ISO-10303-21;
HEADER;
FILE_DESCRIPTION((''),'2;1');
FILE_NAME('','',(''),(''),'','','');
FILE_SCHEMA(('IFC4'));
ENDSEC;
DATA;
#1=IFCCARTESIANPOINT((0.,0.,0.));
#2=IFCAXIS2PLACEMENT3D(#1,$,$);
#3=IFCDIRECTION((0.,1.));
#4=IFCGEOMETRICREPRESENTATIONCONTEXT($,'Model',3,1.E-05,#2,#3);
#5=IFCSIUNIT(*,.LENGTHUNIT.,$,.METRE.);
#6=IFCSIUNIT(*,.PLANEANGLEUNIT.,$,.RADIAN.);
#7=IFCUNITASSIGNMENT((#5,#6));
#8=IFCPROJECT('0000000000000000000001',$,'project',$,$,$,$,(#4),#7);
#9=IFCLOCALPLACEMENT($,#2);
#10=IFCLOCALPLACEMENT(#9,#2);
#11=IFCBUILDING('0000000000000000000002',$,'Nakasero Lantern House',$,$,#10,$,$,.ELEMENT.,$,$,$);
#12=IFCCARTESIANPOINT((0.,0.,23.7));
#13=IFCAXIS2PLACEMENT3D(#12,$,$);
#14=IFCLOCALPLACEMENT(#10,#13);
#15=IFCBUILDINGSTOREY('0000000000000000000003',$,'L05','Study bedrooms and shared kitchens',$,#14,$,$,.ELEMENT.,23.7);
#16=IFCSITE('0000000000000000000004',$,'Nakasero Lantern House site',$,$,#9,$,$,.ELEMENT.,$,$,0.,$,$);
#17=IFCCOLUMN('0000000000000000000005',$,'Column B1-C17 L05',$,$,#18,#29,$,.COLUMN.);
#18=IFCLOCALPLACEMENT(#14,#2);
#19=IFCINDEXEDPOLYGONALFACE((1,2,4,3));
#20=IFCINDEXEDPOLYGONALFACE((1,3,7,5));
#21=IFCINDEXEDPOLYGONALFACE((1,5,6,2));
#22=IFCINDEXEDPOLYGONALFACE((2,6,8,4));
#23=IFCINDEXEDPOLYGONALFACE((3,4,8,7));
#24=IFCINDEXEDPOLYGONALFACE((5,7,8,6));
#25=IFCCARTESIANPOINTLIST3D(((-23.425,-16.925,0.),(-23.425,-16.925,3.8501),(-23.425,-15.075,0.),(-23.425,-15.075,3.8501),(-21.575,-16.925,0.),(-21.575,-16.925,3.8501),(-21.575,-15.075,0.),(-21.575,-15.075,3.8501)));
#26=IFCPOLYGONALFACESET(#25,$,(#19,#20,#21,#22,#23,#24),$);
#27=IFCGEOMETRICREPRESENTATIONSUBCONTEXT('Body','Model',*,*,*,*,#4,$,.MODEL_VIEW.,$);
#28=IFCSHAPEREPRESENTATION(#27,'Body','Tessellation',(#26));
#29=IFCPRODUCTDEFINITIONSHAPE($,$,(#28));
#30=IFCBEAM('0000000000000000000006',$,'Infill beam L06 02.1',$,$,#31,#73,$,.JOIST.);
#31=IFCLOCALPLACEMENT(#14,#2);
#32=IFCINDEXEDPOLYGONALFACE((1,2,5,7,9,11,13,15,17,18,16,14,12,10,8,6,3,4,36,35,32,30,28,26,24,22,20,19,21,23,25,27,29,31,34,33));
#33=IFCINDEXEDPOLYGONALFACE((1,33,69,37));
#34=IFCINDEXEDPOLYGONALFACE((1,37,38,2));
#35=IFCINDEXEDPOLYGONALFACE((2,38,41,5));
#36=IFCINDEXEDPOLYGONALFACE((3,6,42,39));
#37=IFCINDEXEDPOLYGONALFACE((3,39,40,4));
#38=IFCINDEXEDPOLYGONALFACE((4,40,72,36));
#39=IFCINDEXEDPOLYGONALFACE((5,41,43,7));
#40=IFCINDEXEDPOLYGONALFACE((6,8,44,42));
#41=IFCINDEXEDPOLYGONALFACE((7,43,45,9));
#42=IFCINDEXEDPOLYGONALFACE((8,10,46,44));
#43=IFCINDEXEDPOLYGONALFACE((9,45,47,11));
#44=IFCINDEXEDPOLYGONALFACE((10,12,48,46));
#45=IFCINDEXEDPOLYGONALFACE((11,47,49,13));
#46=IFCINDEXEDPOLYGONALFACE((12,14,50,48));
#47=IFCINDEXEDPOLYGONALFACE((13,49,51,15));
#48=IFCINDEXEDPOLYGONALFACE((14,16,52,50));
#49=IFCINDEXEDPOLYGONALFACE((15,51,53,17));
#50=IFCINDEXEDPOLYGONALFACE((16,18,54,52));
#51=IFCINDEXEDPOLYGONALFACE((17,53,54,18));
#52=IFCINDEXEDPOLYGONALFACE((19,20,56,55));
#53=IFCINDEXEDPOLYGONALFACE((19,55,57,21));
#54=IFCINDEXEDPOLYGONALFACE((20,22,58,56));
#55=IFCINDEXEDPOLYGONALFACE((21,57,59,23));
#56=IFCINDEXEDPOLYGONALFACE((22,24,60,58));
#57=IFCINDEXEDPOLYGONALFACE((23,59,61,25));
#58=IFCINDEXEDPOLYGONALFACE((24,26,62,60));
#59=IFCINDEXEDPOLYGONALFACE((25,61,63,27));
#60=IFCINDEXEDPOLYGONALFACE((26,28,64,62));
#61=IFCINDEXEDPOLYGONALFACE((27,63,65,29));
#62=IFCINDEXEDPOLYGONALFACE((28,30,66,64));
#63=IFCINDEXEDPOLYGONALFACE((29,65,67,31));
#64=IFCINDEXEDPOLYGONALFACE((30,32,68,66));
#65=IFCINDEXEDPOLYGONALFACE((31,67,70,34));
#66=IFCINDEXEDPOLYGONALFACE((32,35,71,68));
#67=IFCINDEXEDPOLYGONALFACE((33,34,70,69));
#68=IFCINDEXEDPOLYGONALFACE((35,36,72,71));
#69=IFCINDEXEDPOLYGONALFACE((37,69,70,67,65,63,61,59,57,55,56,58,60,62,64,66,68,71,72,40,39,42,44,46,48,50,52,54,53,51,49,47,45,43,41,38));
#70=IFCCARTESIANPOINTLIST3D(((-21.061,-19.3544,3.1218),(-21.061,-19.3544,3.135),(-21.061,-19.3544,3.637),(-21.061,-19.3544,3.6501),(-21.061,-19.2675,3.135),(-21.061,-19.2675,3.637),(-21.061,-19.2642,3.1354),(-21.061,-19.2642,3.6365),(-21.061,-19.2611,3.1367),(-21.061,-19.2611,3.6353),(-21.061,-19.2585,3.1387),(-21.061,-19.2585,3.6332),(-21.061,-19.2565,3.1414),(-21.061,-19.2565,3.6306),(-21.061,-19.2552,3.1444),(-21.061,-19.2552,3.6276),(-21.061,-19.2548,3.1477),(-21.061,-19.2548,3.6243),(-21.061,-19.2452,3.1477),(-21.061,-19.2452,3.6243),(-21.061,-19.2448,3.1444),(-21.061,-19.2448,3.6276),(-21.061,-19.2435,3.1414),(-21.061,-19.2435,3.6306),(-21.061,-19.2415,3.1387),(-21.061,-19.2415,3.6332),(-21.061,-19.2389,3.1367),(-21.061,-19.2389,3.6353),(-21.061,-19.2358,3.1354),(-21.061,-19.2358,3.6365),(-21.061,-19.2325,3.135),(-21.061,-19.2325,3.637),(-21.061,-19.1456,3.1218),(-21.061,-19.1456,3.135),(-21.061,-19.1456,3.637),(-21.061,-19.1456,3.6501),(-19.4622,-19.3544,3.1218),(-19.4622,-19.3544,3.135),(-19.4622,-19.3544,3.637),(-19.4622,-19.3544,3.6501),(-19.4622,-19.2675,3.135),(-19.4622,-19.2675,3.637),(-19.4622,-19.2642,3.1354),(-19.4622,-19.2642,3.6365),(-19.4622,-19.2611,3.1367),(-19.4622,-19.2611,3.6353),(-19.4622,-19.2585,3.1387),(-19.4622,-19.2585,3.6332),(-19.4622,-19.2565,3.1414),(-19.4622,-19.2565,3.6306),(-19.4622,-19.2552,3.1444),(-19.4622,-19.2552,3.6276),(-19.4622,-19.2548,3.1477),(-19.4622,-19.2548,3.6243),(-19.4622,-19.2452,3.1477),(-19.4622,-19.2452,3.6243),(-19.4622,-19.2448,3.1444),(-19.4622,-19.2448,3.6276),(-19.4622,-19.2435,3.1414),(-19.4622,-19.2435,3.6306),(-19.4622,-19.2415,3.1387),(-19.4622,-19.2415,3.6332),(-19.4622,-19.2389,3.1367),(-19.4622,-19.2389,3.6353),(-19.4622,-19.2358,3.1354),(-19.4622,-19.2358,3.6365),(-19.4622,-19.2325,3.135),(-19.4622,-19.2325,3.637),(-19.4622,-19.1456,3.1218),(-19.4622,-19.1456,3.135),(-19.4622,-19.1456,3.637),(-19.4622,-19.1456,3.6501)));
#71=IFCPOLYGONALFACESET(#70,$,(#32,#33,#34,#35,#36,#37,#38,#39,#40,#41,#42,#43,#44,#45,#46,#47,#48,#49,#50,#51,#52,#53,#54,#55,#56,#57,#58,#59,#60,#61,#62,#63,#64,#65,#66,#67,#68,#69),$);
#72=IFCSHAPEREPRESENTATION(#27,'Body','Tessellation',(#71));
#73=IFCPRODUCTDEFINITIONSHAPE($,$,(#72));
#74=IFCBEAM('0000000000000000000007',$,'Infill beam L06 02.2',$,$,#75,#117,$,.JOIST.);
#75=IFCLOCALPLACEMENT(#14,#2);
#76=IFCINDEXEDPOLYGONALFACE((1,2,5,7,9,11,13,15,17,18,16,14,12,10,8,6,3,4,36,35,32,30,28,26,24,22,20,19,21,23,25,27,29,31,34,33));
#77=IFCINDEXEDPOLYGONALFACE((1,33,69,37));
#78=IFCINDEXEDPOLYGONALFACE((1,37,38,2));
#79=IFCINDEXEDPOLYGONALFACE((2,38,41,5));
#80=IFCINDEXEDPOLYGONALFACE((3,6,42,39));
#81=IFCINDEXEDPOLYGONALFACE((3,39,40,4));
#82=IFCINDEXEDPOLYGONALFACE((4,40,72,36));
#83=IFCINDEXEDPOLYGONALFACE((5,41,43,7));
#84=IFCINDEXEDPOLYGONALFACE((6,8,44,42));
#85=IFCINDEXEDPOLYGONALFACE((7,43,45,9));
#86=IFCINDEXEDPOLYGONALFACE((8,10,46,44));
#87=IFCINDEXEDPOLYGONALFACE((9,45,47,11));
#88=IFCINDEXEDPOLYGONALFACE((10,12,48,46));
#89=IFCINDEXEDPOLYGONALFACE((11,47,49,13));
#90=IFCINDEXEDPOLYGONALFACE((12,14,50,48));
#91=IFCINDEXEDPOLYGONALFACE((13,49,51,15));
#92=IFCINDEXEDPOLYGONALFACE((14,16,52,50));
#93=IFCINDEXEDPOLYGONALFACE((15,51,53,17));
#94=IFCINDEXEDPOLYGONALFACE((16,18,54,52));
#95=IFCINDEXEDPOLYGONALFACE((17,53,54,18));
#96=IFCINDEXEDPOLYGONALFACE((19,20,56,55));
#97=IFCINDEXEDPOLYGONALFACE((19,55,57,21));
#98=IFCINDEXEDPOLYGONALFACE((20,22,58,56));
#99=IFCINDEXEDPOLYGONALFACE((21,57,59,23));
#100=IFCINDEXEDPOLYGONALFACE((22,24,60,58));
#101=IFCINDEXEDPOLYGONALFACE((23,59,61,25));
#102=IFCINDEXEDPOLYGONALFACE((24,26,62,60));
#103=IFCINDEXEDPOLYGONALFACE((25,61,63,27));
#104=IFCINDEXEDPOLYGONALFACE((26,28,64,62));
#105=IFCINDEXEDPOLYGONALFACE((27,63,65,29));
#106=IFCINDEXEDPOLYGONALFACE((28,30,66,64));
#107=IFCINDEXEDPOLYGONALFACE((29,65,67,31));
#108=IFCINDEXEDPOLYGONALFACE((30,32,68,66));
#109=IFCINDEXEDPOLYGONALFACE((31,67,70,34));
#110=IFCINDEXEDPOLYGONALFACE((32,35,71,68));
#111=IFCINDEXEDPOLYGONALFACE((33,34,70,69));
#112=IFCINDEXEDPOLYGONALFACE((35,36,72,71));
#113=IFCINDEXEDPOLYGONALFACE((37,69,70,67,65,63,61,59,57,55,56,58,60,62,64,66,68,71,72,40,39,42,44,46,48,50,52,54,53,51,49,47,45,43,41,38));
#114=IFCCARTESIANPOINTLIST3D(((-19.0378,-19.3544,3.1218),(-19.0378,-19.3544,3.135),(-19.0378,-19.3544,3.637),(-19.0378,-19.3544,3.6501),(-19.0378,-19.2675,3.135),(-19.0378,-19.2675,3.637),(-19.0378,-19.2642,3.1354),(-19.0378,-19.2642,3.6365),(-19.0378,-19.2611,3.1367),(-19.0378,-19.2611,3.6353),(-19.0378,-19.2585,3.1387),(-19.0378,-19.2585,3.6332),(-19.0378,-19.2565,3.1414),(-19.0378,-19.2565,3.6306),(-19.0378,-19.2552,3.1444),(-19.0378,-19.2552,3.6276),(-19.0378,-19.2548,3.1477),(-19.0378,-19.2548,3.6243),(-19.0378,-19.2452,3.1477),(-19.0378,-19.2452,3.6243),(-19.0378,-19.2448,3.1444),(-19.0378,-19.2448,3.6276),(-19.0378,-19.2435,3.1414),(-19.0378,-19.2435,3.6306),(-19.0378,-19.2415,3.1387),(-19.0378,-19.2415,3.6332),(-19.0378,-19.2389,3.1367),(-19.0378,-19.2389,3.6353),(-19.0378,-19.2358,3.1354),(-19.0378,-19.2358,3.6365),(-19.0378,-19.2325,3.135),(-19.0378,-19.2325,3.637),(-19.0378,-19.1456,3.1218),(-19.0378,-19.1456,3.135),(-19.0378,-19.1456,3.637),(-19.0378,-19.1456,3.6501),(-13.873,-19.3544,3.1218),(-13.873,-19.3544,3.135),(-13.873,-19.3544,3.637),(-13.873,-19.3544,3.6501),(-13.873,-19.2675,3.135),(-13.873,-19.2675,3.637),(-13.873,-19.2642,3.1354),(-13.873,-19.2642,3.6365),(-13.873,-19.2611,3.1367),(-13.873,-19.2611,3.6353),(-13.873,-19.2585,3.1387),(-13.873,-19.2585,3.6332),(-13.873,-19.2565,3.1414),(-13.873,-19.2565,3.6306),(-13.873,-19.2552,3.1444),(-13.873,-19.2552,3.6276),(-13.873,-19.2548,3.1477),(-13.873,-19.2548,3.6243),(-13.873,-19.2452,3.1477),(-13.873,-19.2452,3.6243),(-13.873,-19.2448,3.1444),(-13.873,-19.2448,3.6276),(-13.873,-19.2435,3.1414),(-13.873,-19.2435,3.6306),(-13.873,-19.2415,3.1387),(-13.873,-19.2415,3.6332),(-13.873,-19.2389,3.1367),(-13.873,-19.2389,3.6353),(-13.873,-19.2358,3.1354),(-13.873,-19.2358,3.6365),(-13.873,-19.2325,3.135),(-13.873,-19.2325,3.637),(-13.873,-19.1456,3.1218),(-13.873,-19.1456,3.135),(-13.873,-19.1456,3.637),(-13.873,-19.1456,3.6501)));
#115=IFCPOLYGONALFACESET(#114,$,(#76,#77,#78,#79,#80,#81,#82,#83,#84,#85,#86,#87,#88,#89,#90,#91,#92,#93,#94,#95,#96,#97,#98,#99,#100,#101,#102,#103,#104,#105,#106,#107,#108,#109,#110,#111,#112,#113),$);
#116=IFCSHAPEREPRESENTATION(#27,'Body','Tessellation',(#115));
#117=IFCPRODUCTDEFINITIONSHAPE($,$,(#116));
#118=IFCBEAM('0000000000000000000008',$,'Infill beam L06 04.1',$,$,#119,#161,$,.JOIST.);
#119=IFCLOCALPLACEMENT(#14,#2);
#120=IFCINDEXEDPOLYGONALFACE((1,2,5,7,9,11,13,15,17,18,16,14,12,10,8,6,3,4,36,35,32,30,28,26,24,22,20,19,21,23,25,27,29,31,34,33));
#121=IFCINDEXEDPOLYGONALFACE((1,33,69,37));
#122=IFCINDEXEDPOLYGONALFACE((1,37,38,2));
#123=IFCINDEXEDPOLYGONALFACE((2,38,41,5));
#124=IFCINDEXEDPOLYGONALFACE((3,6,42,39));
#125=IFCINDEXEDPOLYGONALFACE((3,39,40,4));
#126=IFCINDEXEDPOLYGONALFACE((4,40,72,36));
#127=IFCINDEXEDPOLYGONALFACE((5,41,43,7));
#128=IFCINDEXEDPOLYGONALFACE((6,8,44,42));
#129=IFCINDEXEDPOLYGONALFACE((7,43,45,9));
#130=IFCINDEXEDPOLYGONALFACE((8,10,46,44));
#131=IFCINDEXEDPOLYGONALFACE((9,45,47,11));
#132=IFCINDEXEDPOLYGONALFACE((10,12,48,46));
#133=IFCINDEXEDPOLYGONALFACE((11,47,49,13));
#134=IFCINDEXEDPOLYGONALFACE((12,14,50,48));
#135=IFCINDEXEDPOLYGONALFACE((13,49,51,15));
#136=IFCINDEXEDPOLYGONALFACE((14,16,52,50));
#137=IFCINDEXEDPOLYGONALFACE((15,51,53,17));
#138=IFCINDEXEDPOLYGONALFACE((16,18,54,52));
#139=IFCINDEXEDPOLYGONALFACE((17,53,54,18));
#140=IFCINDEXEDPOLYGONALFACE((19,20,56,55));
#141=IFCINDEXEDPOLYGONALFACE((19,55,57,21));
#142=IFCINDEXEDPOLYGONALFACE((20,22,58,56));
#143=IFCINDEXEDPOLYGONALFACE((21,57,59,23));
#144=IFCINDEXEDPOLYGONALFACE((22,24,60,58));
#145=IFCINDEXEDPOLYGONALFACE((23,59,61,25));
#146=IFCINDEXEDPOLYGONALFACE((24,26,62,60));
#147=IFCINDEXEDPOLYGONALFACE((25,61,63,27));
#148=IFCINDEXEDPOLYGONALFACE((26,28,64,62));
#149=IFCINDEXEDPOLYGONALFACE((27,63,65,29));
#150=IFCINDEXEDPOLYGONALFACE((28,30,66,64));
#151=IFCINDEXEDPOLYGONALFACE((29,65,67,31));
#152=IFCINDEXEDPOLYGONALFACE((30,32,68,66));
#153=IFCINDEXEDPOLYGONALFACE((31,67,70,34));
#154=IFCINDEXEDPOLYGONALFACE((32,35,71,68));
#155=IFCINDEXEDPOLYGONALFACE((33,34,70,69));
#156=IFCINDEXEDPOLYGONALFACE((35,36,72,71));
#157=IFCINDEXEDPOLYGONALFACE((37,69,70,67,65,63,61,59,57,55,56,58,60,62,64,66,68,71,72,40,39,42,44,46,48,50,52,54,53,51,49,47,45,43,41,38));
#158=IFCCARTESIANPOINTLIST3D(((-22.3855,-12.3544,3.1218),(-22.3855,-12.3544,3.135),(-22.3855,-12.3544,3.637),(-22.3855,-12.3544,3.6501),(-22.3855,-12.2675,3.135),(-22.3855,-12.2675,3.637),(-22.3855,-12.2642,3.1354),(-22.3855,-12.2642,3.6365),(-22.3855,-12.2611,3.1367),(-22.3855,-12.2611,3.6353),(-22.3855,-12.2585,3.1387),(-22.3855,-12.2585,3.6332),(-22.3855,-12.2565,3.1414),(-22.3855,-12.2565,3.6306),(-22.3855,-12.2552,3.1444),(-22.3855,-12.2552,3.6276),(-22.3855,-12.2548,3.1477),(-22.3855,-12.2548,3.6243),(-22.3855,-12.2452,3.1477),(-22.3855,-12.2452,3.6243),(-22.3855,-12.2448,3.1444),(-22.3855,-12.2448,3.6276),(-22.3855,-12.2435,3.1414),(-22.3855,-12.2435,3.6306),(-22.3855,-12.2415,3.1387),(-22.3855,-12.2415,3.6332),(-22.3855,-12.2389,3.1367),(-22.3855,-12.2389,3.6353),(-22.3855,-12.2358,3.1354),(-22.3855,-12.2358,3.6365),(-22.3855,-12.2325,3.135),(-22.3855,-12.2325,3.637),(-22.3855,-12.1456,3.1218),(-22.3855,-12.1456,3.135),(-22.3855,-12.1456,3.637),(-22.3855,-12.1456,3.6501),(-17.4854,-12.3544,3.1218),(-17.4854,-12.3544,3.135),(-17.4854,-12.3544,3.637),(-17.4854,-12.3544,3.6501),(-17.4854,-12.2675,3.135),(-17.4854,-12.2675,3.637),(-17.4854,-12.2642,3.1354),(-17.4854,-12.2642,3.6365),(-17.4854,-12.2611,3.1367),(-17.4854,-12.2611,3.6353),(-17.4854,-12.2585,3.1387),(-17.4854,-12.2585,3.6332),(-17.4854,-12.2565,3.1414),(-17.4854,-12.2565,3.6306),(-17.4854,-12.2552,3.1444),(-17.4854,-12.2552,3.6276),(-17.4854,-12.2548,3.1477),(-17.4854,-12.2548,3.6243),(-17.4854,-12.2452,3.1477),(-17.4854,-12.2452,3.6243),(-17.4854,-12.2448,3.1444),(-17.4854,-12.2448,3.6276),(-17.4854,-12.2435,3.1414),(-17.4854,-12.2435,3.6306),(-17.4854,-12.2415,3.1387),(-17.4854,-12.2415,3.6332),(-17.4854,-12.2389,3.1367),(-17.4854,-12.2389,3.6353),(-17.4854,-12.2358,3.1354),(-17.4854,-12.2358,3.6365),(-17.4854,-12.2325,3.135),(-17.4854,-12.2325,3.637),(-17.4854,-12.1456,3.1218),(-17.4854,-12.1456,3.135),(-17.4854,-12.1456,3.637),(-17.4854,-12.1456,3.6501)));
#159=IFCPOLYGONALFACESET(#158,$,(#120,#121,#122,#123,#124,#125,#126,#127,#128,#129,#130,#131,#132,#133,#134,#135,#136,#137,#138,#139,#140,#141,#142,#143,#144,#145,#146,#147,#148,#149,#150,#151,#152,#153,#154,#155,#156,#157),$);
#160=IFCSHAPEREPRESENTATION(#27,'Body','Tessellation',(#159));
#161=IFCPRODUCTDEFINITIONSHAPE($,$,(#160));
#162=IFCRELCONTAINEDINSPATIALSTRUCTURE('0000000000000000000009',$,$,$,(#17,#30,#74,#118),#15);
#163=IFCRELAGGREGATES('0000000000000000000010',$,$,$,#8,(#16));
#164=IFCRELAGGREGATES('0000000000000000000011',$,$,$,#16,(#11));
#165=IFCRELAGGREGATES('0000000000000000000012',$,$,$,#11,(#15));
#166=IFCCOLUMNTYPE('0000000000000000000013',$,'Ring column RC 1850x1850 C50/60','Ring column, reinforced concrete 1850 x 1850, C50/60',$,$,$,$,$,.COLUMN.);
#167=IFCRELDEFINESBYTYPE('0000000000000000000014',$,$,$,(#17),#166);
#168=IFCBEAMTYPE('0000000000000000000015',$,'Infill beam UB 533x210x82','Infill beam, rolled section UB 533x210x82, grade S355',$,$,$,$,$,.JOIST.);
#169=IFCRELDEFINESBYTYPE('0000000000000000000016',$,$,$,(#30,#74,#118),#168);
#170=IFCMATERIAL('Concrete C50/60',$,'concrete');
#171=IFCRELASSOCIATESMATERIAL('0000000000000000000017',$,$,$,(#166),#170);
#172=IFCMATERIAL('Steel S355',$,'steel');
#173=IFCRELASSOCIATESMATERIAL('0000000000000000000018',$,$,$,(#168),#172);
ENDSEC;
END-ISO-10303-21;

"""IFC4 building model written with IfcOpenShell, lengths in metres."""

from ifc_helpers import new_model, si_unit, direction, frame, origin, origin_2d, place, context, subcontext, project, spatial, rectangle, i_section, extrude, material, material_profile, profile_set, type_object, element, save


model = new_model("IFC4")

# Units and contexts
model_context = context("Model", 3, precision=1e-05, world=origin(), true_north=direction((0.0, 1.0)))
body_context = subcontext(model_context, "Body", "Model", "MODEL_VIEW")
ifc_project = project(units=[si_unit("LENGTHUNIT", "METRE"), si_unit("PLANEANGLEUNIT", "RADIAN")], contexts=[model_context])

# Site, building, storey
site_placement = place(None, origin())
site = spatial("IfcSite", under=ifc_project, at=site_placement, Name="Nakasero Lantern House site", CompositionType="ELEMENT", RefElevation=0.0)
building_placement = place(site_placement, origin())
building = spatial("IfcBuilding", under=site, at=building_placement, Name="Nakasero Lantern House", CompositionType="ELEMENT")
storey_placement = place(building_placement, frame((0.0, 0.0, 23.7)))
storey = spatial("IfcBuildingStorey", under=building, at=storey_placement, Name="L05", Description="Study bedrooms and shared kitchens", CompositionType="ELEMENT", Elevation=23.7)

# Column
ifc_material_1 = material(Name="Concrete C50/60", Category="concrete")
ifc_material_profile_1 = material_profile(ifc_material_1, rectangle(XDim=1.8501, YDim=1.8501, at=origin_2d()), Name="RC 1850x1850")
ifc_profile_set_1 = profile_set([ifc_material_profile_1], Name="Concrete C50/60")
column_type = type_object("IfcColumnType", Name="Ring column RC 1850x1850 C50/60", Description="Ring column, reinforced concrete 1850 x 1850, C50/60", PredefinedType="COLUMN", material=ifc_profile_set_1)
column_placement = place(storey_placement, frame((-22.5, -16.0, 0.0), z_axis=(0.0, 0.0, 1.0), x_axis=(1.0, 0.0, 0.0)))
element("IfcColumn", 1, at=column_placement, inside=storey, type_object=column_type, Name="Column B1-C17 L05", PredefinedType="COLUMN", context=body_context, shape_type="SweptSolid", body=[
    extrude(rectangle(XDim=1.8501, YDim=1.8501, at=origin_2d()), origin(), (0.0, 0.0, 1.0), 3.8501),
])

# Beams
ifc_material_2 = material(Name="Steel S355", Category="steel")
ifc_material_profile_2 = material_profile(ifc_material_2, i_section(OverallWidth=0.2087, OverallDepth=0.5283, WebThickness=0.0095, FlangeThickness=0.0132, FilletRadius=0.0127, at=origin_2d()), Name="UB 533x210x82")
ifc_profile_set_2 = profile_set([ifc_material_profile_2], Name="Steel S355")
beam_type_1 = type_object("IfcBeamType", Name="Infill beam UB 533x210x82", Description="Infill beam, rolled section UB 533x210x82, grade S355", PredefinedType="JOIST", material=ifc_profile_set_2)
beam_1_placement = place(storey_placement, frame((-21.061, -19.25, 3.386), z_axis=(1.0, 0.0, 0.0), x_axis=(0.0, 1.0, 0.0)))
element("IfcBeam", 2, at=beam_1_placement, inside=storey, type_object=beam_type_1, Name="Infill beam L06 02.1", PredefinedType="JOIST", context=body_context, shape_type="SweptSolid", body=[
    extrude(i_section(OverallWidth=0.2087, OverallDepth=0.5283, WebThickness=0.0095, FlangeThickness=0.0132, FilletRadius=0.0127, at=origin_2d()), origin(), (0.0, 0.0, 1.0), 1.5989),
])
beam_2_placement = place(storey_placement, frame((-19.0378, -19.25, 3.386), z_axis=(1.0, 0.0, 0.0), x_axis=(0.0, 1.0, 0.0)))
element("IfcBeam", 3, at=beam_2_placement, inside=storey, type_object=beam_type_1, Name="Infill beam L06 02.2", PredefinedType="JOIST", context=body_context, shape_type="SweptSolid", body=[
    extrude(i_section(OverallWidth=0.2087, OverallDepth=0.5283, WebThickness=0.0095, FlangeThickness=0.0132, FilletRadius=0.0127, at=origin_2d()), origin(), (0.0, 0.0, 1.0), 5.1648),
])
beam_3_placement = place(storey_placement, frame((-22.3855, -12.25, 3.386), z_axis=(1.0, 0.0, 0.0), x_axis=(0.0, 1.0, 0.0)))
element("IfcBeam", 4, at=beam_3_placement, inside=storey, type_object=beam_type_1, Name="Infill beam L06 04.1", PredefinedType="JOIST", context=body_context, shape_type="SweptSolid", body=[
    extrude(i_section(OverallWidth=0.2087, OverallDepth=0.5283, WebThickness=0.0095, FlangeThickness=0.0132, FilletRadius=0.0127, at=origin_2d()), origin(), (0.0, 0.0, 1.0), 4.9001),
])

save(model, "model.ifc")
